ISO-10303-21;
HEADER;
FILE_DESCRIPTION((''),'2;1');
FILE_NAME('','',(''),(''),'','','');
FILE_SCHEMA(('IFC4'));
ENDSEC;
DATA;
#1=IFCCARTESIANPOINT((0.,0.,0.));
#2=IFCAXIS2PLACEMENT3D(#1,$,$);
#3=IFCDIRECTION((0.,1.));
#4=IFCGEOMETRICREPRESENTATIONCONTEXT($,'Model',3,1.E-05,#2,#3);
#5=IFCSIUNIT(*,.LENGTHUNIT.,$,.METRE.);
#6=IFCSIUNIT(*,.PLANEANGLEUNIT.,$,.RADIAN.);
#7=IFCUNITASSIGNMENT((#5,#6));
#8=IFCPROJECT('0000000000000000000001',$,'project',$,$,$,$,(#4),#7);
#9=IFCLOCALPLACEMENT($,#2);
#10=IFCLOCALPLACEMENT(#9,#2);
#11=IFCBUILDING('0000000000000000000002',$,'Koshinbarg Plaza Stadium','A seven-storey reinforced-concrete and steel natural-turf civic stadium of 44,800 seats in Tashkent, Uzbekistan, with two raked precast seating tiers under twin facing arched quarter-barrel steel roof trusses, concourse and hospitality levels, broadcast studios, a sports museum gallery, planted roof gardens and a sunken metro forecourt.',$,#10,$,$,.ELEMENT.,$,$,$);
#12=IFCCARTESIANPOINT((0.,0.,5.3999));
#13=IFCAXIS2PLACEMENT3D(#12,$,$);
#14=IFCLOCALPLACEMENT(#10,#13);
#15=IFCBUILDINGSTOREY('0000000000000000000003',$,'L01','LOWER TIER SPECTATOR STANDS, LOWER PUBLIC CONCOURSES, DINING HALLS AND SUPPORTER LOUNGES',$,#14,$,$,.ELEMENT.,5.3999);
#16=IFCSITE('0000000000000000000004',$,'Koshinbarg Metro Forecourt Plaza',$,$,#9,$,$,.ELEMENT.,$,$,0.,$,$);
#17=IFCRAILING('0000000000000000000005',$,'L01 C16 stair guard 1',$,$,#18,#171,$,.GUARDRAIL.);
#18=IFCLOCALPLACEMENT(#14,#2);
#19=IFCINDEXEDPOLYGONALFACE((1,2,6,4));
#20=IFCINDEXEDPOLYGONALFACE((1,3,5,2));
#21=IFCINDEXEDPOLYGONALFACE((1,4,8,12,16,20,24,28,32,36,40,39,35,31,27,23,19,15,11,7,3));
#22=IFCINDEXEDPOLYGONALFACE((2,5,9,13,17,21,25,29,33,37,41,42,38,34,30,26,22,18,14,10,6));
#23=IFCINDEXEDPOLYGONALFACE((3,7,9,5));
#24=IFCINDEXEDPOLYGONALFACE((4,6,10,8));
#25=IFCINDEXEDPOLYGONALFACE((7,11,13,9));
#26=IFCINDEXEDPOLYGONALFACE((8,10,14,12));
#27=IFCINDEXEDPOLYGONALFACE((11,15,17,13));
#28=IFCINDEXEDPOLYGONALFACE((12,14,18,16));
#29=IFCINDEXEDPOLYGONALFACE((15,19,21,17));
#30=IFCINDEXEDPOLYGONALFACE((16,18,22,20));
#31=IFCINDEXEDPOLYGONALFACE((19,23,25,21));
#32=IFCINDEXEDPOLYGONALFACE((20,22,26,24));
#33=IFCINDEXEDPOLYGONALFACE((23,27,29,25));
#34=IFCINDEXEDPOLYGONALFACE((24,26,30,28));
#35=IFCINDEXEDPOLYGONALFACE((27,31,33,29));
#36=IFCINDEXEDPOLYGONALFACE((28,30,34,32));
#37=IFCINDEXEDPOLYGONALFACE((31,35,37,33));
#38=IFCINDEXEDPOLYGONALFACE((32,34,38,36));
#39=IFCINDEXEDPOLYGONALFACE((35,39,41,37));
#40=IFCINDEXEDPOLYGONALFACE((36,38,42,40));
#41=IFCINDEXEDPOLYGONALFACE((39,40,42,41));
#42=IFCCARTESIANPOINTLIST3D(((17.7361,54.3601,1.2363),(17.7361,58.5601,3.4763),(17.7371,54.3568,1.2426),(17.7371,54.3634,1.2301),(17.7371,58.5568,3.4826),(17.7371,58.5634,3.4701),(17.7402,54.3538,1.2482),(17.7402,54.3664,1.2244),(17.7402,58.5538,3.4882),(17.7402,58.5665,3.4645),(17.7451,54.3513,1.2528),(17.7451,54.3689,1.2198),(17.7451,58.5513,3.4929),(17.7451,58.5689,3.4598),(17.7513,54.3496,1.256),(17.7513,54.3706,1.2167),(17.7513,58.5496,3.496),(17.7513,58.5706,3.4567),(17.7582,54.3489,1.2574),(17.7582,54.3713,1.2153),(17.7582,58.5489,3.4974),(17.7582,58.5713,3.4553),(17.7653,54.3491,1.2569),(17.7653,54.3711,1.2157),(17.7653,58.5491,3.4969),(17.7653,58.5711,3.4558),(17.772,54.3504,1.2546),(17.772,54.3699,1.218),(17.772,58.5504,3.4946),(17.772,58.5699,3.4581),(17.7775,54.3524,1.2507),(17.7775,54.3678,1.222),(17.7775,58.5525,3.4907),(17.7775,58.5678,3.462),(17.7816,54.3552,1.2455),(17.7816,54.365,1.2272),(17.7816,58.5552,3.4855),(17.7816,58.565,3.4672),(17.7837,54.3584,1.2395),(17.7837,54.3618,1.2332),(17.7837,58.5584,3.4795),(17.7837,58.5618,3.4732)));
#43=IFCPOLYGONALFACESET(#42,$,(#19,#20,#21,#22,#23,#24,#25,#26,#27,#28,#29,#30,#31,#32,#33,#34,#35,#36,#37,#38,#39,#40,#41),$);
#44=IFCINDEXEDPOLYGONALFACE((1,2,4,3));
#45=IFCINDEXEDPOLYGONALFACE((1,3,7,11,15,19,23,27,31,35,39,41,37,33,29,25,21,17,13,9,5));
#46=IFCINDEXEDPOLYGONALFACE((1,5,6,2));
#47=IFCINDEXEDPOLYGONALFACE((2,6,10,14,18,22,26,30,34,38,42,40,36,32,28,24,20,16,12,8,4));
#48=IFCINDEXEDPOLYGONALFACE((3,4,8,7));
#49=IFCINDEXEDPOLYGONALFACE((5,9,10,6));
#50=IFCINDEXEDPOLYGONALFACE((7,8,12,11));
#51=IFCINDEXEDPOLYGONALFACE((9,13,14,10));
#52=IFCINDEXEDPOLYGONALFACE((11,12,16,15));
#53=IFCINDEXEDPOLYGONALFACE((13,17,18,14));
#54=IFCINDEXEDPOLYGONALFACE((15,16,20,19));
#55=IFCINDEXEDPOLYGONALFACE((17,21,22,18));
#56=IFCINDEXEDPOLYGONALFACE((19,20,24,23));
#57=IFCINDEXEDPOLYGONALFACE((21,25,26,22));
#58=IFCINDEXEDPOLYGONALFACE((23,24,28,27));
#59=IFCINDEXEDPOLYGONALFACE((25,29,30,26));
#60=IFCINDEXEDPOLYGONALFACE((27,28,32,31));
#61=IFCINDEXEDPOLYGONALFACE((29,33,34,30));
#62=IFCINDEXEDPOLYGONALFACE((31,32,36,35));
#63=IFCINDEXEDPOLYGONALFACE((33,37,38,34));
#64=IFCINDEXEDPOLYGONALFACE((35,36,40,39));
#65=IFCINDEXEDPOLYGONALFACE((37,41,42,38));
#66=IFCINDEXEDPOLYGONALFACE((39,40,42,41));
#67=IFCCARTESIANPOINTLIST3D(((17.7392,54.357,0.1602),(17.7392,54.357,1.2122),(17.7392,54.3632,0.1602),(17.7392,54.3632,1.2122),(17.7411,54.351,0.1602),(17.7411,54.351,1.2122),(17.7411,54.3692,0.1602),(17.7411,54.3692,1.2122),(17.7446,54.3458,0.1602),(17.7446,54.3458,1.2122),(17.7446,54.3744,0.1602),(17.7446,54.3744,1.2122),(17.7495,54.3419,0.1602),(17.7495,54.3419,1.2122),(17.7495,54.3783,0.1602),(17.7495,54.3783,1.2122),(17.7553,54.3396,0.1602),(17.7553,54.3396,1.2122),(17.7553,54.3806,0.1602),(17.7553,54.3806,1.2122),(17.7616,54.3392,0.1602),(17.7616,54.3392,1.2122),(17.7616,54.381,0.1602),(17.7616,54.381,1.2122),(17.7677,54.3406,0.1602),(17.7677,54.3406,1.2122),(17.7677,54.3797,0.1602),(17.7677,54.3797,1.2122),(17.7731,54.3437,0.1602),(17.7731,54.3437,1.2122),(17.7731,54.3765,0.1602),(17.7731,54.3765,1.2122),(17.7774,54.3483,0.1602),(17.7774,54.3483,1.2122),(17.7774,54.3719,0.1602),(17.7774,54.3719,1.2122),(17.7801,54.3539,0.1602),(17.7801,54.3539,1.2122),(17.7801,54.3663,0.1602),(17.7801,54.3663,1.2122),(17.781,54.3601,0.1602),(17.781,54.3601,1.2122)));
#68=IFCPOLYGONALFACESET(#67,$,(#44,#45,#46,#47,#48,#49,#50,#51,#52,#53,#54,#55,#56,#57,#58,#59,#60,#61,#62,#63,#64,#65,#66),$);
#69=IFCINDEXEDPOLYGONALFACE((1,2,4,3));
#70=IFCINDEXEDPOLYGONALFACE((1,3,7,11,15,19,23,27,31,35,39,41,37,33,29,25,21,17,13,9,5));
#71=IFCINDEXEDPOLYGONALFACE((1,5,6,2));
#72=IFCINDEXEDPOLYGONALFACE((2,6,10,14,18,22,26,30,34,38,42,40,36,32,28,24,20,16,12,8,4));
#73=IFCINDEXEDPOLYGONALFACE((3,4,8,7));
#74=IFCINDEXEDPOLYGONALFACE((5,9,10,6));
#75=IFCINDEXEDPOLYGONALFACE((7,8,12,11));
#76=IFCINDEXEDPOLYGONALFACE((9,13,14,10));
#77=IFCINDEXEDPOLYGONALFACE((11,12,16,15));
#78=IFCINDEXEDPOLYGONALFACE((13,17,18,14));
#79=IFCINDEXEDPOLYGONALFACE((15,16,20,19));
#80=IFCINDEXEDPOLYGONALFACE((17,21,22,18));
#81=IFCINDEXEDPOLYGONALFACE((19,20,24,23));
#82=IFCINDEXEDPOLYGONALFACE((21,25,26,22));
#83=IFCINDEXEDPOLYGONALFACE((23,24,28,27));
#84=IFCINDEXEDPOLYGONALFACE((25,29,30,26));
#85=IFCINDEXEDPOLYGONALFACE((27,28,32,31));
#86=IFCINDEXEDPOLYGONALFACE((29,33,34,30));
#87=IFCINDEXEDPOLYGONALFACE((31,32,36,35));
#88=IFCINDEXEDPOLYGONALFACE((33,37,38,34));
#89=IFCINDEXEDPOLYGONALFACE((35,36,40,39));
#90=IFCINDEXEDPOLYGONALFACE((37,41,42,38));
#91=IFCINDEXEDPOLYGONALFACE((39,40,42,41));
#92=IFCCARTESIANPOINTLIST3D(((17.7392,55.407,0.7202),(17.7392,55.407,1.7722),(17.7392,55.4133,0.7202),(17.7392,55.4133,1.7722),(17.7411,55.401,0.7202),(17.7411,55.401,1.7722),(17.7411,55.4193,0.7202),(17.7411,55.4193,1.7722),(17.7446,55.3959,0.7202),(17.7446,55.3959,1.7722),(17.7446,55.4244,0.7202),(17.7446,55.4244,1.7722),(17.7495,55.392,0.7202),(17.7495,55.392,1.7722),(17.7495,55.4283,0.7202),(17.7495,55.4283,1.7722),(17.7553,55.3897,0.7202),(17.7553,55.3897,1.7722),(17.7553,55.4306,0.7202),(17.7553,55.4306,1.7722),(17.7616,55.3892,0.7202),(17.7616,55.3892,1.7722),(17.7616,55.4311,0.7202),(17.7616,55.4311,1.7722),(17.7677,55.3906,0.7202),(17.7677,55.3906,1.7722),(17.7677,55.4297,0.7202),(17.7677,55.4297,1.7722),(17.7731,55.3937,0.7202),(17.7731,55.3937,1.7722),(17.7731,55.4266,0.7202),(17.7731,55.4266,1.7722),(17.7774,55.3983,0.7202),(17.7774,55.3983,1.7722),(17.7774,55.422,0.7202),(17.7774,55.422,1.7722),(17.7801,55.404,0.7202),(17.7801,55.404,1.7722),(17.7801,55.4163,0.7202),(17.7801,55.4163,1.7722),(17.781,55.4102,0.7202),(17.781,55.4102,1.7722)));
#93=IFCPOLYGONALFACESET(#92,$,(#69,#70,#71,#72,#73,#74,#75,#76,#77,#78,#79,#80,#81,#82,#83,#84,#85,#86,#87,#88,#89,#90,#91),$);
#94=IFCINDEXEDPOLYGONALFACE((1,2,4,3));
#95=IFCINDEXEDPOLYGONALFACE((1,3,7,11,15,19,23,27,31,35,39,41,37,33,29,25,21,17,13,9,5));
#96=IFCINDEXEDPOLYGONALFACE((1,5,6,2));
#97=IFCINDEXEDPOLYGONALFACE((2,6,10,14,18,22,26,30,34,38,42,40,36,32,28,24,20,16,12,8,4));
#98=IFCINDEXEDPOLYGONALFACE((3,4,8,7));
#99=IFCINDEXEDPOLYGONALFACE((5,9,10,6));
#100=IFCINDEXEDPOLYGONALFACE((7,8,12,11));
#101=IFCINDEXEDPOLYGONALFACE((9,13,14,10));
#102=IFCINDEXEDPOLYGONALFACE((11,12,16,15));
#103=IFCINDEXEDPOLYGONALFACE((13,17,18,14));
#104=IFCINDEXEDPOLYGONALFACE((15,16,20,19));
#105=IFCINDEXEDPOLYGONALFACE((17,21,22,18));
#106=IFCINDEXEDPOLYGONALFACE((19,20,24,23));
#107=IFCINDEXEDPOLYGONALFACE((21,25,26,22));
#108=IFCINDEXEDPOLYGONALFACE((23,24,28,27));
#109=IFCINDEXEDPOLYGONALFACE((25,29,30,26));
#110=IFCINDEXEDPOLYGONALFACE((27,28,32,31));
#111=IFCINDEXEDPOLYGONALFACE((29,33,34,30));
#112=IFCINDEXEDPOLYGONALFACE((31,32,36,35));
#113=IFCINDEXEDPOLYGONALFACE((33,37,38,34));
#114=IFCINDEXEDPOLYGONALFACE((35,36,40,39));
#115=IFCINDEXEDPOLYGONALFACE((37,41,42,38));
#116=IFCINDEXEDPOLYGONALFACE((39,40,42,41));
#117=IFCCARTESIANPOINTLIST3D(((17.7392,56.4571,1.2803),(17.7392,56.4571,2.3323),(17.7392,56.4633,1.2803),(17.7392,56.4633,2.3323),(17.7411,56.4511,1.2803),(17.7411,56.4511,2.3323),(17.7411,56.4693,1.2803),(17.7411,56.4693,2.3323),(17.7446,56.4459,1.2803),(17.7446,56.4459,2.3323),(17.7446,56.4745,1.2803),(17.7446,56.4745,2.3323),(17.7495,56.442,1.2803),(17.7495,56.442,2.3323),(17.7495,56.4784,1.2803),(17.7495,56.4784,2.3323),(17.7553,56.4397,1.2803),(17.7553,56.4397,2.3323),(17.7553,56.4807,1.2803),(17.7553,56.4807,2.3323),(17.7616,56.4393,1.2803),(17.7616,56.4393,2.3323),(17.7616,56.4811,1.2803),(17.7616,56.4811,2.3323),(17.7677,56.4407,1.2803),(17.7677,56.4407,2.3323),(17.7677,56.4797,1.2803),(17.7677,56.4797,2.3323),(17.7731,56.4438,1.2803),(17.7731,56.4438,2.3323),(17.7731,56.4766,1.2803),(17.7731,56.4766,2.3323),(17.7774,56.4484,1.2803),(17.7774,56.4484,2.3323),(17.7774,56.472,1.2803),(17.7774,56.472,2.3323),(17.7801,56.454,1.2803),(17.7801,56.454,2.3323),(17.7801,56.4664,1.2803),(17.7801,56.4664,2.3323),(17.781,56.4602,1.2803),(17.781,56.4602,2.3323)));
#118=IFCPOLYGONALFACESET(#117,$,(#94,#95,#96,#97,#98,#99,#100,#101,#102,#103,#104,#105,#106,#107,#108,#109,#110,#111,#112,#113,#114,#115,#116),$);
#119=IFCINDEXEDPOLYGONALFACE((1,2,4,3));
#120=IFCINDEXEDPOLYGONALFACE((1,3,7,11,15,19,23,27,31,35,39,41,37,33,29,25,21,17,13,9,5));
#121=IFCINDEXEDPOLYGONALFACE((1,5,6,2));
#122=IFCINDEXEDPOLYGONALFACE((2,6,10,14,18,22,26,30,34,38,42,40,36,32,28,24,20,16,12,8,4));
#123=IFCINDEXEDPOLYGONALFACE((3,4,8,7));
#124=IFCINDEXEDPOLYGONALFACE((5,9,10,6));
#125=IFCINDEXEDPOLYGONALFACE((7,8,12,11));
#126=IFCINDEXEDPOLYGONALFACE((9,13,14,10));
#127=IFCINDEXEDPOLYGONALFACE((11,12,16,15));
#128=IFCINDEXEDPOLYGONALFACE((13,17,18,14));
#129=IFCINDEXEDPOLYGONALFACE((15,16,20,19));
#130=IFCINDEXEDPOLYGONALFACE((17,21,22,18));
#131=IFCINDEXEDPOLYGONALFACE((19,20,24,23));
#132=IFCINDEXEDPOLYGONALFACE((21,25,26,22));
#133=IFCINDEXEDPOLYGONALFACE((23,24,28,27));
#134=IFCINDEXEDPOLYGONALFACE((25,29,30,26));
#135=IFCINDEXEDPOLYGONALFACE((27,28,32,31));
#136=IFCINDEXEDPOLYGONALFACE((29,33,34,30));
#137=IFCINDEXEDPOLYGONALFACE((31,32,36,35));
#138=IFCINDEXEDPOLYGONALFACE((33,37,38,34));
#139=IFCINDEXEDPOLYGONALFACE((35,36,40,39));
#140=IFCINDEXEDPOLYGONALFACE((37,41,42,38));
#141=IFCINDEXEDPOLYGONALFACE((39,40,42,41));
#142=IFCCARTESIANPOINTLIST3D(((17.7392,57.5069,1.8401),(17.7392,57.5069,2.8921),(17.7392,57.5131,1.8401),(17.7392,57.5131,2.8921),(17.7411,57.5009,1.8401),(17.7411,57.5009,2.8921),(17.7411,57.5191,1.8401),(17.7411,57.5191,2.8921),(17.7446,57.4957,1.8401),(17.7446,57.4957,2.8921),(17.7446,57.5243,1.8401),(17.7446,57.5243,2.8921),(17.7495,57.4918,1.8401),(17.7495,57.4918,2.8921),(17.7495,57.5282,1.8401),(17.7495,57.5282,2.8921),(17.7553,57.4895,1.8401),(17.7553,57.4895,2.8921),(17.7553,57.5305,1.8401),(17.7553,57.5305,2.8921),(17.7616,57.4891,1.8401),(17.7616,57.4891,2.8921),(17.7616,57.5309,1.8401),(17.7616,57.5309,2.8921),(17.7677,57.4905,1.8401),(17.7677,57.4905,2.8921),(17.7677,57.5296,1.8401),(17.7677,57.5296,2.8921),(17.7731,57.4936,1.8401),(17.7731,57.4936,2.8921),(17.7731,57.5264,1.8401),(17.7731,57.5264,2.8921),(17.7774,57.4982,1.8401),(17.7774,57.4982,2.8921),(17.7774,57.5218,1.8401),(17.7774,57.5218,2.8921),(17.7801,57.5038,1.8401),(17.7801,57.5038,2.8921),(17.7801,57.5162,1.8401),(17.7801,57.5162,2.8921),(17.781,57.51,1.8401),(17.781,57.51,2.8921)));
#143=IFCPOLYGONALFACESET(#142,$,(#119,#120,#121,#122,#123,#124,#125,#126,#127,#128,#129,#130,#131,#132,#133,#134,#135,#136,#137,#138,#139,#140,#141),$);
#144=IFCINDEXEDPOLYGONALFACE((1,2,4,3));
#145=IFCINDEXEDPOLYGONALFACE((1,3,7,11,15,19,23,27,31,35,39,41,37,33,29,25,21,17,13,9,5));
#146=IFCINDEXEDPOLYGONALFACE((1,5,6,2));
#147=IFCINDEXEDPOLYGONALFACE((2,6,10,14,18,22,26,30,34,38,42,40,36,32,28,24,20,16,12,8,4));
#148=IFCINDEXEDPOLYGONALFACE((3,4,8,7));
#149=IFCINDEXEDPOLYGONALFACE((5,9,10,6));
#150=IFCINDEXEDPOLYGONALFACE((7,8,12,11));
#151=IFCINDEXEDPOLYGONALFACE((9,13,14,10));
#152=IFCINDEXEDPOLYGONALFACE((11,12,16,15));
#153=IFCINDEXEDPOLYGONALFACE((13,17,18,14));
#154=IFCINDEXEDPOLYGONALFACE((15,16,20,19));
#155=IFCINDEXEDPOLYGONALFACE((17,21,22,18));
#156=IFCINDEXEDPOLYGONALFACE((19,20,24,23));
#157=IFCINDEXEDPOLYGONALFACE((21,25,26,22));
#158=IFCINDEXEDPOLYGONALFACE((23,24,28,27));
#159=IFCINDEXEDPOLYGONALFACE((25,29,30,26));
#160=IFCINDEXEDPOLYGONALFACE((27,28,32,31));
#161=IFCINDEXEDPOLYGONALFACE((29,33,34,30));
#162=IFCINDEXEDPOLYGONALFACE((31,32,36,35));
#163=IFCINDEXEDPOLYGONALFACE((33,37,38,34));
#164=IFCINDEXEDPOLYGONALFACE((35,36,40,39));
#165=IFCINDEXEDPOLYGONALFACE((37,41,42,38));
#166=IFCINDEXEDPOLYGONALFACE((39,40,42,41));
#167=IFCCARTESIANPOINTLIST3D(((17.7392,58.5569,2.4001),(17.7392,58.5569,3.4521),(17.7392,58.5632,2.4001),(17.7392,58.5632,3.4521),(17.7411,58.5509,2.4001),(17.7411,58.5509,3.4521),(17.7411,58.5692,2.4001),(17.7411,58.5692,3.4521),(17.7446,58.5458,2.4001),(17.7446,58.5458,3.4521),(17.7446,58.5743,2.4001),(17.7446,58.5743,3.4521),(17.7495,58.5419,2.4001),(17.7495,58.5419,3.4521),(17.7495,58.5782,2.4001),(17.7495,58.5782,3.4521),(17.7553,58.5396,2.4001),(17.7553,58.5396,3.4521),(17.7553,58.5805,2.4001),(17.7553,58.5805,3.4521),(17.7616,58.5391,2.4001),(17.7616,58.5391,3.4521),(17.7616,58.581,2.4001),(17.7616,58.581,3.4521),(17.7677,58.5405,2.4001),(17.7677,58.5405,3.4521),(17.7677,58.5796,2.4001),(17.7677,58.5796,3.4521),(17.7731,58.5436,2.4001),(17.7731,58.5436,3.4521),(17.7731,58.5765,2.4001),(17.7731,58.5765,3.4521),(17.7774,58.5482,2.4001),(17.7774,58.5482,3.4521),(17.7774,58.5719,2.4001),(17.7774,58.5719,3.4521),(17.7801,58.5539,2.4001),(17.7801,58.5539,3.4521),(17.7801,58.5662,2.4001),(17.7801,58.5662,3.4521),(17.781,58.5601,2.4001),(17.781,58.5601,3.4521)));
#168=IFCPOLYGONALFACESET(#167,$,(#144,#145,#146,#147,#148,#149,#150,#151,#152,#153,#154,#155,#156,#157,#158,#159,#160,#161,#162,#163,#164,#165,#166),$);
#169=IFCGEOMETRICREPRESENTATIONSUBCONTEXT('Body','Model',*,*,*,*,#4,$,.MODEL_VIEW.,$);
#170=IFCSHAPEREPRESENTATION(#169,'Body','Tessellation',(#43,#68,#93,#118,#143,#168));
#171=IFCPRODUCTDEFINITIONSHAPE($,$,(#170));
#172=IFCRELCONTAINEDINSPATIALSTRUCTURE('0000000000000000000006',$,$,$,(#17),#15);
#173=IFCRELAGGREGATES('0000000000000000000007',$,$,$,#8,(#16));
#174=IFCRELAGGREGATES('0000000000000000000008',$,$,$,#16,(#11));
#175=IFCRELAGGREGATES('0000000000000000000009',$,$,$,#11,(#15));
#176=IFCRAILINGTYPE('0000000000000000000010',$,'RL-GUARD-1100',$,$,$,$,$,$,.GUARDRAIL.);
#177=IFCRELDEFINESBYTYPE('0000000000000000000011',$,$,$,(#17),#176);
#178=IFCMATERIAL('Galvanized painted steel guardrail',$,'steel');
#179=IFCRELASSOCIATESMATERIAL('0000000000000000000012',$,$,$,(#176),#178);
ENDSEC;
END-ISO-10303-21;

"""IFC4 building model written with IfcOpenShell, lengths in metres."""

from ifc_helpers import new_model, si_unit, direction, frame, origin, origin_2d, place, context, subcontext, project, spatial, circle, extrude, material, type_object, element, save


model = new_model("IFC4")

# Units and contexts
model_context = context("Model", 3, precision=1e-05, world=origin(), true_north=direction((0.0, 1.0)))
body_context = subcontext(model_context, "Body", "Model", "MODEL_VIEW")
ifc_project = project(units=[si_unit("LENGTHUNIT", "METRE"), si_unit("PLANEANGLEUNIT", "RADIAN")], contexts=[model_context])

# Site, building, storey
site_placement = place(None, origin())
site = spatial("IfcSite", under=ifc_project, at=site_placement, Name="Koshinbarg Metro Forecourt Plaza", CompositionType="ELEMENT", RefElevation=0.0)
building_placement = place(site_placement, origin())
building = spatial("IfcBuilding", under=site, at=building_placement, Name="Koshinbarg Plaza Stadium", Description="A seven-storey reinforced-concrete and steel natural-turf civic stadium of 44,800 seats in Tashkent, Uzbekistan, with two raked precast seating tiers under twin facing arched quarter-barrel steel roof trusses, concourse and hospitality levels, broadcast studios, a sports museum gallery, planted roof gardens and a sunken metro forecourt.", CompositionType="ELEMENT")
storey_placement = place(building_placement, frame((0.0, 0.0, 5.3999)))
storey = spatial("IfcBuildingStorey", under=building, at=storey_placement, Name="L01", Description="LOWER TIER SPECTATOR STANDS, LOWER PUBLIC CONCOURSES, DINING HALLS AND SUPPORTER LOUNGES", CompositionType="ELEMENT", Elevation=5.3999)

# Railing
ifc_material_1 = material(Name="Galvanized painted steel guardrail", Category="steel")
railing_type_1 = type_object("IfcRailingType", Name="RL-GUARD-1100", PredefinedType="GUARDRAIL", material=ifc_material_1)
railing_1_placement = place(storey_placement, frame((17.76, 54.3601, 0.1602)))
element("IfcRailing", 1, at=railing_1_placement, inside=storey, type_object=railing_type_1, Name="L01 C16 stair guard 1", PredefinedType="GUARDRAIL", context=body_context, shape_type="SweptSolid", body=[
    extrude(circle(Radius=0.0239, at=origin_2d()), frame((0.0, 0.0, 1.0762), z_axis=(0.0, 0.882352, 0.470591), x_axis=(-1.0, 0.0, 0.0)), (0.0, 0.0, 1.0), 4.76),
    extrude(circle(Radius=0.021, at=origin_2d()), origin(), (0.0, 0.0, 1.0), 1.052),
    extrude(circle(Radius=0.021, at=origin_2d()), frame((0.0, 1.05, 0.5601)), (0.0, 0.0, 1.0), 1.052),
    extrude(circle(Radius=0.021, at=origin_2d()), frame((0.0, 2.1001, 1.1201)), (0.0, 0.0, 1.0), 1.052),
    extrude(circle(Radius=0.021, at=origin_2d()), frame((0.0, 3.1499, 1.6799)), (0.0, 0.0, 1.0), 1.052),
    extrude(circle(Radius=0.021, at=origin_2d()), frame((0.0, 4.2, 2.24)), (0.0, 0.0, 1.0), 1.052),
])

save(model, "model.ifc")
